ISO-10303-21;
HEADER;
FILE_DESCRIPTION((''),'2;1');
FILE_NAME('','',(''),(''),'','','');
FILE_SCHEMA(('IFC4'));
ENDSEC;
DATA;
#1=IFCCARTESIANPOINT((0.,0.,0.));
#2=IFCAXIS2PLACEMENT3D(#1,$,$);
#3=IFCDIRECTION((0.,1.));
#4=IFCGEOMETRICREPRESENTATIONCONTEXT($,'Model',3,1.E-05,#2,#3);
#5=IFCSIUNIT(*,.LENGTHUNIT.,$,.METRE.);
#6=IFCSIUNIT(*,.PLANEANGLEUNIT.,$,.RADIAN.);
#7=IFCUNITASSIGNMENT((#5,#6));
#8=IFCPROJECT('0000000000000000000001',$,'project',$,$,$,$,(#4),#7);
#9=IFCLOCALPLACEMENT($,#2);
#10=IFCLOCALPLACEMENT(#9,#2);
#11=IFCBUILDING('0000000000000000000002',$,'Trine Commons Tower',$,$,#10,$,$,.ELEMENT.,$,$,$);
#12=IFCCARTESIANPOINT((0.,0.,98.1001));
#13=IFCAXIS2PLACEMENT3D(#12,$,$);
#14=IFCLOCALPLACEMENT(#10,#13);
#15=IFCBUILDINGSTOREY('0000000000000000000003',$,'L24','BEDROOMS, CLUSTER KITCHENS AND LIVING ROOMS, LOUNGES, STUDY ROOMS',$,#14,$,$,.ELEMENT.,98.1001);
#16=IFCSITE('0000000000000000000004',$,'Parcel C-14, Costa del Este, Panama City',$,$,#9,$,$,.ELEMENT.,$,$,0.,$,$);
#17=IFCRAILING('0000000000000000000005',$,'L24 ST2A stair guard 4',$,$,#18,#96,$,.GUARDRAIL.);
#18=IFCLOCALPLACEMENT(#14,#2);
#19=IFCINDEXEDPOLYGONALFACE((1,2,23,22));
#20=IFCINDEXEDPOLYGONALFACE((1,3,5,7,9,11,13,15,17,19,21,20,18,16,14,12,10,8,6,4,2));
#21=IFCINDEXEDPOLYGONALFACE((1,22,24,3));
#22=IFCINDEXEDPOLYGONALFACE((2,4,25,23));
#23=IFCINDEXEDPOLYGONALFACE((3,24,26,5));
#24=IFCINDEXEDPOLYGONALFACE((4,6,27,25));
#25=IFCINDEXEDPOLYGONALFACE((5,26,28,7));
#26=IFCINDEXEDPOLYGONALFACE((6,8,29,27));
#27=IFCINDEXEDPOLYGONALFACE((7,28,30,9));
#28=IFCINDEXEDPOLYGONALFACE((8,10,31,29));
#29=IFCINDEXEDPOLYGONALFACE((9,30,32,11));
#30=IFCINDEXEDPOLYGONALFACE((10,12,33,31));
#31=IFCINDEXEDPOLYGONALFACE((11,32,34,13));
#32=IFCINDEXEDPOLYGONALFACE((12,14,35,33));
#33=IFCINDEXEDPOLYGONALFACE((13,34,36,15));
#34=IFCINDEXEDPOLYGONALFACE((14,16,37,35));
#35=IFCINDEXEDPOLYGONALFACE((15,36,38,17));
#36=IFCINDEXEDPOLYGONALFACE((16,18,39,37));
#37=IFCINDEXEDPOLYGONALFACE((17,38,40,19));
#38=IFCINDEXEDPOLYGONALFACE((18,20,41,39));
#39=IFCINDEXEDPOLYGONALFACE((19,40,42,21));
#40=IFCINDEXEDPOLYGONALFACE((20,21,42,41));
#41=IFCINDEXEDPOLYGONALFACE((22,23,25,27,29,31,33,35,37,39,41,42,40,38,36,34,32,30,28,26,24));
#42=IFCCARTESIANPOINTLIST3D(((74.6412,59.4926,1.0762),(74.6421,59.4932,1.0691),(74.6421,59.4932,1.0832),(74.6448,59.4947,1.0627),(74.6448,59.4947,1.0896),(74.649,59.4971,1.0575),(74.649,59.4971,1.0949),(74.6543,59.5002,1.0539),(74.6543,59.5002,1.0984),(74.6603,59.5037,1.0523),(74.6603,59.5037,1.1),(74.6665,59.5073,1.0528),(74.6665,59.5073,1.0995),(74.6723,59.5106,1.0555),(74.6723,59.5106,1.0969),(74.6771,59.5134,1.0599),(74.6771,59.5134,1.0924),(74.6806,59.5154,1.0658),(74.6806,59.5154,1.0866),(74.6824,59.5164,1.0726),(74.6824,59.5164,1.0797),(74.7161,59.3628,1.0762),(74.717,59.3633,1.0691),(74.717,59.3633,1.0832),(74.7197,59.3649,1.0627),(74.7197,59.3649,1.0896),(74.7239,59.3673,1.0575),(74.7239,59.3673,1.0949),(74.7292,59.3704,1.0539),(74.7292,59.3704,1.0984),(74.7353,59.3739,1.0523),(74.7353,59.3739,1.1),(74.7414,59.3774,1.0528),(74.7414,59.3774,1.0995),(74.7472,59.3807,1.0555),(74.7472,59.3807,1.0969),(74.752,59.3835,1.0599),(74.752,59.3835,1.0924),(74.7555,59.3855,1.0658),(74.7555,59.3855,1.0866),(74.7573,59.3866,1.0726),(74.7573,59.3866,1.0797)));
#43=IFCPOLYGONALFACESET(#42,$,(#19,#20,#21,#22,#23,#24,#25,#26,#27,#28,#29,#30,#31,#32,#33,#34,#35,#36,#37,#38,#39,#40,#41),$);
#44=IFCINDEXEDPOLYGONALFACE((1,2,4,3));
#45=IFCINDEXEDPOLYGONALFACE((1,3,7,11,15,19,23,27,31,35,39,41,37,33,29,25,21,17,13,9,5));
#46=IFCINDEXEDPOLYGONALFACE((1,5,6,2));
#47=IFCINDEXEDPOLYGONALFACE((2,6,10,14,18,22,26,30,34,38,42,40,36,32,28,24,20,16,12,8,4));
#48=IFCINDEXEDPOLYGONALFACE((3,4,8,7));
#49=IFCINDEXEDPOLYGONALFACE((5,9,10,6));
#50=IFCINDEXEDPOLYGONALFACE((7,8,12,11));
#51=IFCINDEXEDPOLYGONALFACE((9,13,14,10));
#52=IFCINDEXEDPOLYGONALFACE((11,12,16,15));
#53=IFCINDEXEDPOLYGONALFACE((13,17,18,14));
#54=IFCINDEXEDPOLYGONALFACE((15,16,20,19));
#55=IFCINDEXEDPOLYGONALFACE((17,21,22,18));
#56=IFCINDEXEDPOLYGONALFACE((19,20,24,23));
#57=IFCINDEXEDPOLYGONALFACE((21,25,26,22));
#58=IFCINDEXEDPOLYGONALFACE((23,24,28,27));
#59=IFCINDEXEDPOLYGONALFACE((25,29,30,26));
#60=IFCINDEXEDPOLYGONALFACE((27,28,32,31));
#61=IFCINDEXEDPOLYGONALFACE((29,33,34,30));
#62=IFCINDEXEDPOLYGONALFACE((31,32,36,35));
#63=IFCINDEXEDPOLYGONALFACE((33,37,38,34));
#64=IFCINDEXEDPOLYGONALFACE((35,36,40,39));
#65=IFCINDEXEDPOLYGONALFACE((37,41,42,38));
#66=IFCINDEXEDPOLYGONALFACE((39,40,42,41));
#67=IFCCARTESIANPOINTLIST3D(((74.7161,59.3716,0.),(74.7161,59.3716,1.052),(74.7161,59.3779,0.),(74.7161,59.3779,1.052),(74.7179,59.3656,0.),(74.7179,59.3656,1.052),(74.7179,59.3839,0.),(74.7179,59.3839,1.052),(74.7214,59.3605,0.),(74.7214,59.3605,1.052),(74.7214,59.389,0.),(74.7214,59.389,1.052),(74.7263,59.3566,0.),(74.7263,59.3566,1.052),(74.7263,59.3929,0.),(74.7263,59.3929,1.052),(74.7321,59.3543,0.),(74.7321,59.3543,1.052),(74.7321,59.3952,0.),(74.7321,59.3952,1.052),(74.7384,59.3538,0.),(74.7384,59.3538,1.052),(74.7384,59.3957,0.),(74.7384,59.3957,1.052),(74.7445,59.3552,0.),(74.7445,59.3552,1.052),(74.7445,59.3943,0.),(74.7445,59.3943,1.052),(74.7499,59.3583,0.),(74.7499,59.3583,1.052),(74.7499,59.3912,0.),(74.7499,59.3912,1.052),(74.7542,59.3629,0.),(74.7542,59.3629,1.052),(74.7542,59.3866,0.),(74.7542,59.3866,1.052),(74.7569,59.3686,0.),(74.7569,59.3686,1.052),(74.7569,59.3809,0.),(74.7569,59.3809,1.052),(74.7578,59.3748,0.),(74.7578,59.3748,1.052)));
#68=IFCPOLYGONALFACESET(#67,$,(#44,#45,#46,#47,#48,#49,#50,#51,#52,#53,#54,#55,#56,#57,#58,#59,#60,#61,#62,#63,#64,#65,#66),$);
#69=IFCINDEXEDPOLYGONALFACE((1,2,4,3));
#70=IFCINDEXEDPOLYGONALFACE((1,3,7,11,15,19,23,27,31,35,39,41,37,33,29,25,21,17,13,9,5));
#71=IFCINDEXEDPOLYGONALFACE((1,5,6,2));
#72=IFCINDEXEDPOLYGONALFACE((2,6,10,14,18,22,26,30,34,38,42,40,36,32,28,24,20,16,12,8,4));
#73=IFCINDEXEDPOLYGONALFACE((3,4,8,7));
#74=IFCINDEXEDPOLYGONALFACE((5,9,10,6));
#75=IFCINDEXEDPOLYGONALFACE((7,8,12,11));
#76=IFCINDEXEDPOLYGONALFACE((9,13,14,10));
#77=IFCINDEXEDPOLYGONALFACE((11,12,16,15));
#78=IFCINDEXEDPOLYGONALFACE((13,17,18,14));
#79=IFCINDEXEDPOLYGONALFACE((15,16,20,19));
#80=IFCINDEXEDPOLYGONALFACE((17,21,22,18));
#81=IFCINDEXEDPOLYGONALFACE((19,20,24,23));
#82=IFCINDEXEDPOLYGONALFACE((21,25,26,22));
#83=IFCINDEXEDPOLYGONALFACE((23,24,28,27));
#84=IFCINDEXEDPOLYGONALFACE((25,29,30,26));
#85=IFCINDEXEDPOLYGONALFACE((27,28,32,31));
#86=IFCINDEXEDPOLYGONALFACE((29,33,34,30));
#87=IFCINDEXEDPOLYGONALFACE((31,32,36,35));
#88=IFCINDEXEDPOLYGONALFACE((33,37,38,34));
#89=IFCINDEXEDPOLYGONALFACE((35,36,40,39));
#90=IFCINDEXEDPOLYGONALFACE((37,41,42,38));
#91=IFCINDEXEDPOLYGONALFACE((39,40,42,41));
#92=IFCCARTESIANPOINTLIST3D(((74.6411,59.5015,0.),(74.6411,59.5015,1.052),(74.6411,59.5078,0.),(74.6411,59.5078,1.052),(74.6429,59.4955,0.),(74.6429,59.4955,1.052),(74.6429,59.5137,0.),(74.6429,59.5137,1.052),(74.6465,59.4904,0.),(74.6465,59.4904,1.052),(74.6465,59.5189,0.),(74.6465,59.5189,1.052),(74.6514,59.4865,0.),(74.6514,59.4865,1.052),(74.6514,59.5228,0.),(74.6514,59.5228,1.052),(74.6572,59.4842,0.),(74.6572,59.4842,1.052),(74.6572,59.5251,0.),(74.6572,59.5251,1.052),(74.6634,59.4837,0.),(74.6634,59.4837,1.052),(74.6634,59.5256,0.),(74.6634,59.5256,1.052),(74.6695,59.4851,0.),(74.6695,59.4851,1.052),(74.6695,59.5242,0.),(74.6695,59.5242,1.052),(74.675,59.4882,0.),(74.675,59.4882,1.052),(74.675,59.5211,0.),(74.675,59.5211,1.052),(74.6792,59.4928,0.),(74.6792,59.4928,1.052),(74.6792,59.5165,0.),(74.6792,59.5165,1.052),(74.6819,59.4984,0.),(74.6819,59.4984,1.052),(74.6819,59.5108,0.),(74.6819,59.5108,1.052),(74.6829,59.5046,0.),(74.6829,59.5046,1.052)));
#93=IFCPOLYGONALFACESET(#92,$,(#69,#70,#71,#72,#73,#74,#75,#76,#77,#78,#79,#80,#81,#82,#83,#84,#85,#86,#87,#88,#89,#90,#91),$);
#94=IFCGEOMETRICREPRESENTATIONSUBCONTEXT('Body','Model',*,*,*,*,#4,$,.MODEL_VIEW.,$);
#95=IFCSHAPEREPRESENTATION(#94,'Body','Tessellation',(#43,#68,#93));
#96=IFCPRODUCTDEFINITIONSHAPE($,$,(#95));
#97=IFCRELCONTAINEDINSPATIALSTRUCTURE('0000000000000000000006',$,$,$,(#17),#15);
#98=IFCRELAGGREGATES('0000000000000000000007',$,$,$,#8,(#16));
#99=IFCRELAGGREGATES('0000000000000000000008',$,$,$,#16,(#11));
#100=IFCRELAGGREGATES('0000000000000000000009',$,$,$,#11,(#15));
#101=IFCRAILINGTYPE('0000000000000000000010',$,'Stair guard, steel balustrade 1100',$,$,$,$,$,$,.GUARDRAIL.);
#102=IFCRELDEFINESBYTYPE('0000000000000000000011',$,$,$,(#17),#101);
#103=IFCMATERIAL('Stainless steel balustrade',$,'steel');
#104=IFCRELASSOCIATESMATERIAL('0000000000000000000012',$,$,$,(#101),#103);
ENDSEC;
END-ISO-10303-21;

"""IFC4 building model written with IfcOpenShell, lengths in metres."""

from ifc_helpers import new_model, si_unit, direction, frame, origin, origin_2d, place, context, subcontext, project, spatial, circle, extrude, material, type_object, element, save


model = new_model("IFC4")

# Units and contexts
model_context = context("Model", 3, precision=1e-05, world=origin(), true_north=direction((0.0, 1.0)))
body_context = subcontext(model_context, "Body", "Model", "MODEL_VIEW")
ifc_project = project(units=[si_unit("LENGTHUNIT", "METRE"), si_unit("PLANEANGLEUNIT", "RADIAN")], contexts=[model_context])

# Site, building, storey
site_placement = place(None, origin())
site = spatial("IfcSite", under=ifc_project, at=site_placement, Name="Parcel C-14, Costa del Este, Panama City", CompositionType="ELEMENT", RefElevation=0.0)
building_placement = place(site_placement, origin())
building = spatial("IfcBuilding", under=site, at=building_placement, Name="Trine Commons Tower", CompositionType="ELEMENT")
storey_placement = place(building_placement, frame((0.0, 0.0, 98.1001)))
storey = spatial("IfcBuildingStorey", under=building, at=storey_placement, Name="L24", Description="BEDROOMS, CLUSTER KITCHENS AND LIVING ROOMS, LOUNGES, STUDY ROOMS", CompositionType="ELEMENT", Elevation=98.1001)

# Railing
ifc_material_1 = material(Name="Stainless steel balustrade", Category="steel")
railing_type = type_object("IfcRailingType", Name="Stair guard, steel balustrade 1100", PredefinedType="GUARDRAIL", material=ifc_material_1)
railing_1_placement = place(storey_placement, frame((74.7368, 59.3748, 0.0)))
element("IfcRailing", 1, at=railing_1_placement, inside=storey, type_object=railing_type, Name="L24 ST2A stair guard 4", PredefinedType="GUARDRAIL", context=body_context, shape_type="SweptSolid", body=[
    extrude(circle(Radius=0.0239, at=origin_2d()), frame((0.0, 0.0, 1.0762), z_axis=(-0.499816, 0.866131, 0.0), x_axis=(-0.866131, -0.499816, 0.0)), (0.0, 0.0, 1.0), 0.1499),
    extrude(circle(Radius=0.021, at=origin_2d()), origin(), (0.0, 0.0, 1.0), 1.052),
    extrude(circle(Radius=0.021, at=origin_2d()), frame((-0.075, 0.1299, 0.0)), (0.0, 0.0, 1.0), 1.052),
])

save(model, "model.ifc")
